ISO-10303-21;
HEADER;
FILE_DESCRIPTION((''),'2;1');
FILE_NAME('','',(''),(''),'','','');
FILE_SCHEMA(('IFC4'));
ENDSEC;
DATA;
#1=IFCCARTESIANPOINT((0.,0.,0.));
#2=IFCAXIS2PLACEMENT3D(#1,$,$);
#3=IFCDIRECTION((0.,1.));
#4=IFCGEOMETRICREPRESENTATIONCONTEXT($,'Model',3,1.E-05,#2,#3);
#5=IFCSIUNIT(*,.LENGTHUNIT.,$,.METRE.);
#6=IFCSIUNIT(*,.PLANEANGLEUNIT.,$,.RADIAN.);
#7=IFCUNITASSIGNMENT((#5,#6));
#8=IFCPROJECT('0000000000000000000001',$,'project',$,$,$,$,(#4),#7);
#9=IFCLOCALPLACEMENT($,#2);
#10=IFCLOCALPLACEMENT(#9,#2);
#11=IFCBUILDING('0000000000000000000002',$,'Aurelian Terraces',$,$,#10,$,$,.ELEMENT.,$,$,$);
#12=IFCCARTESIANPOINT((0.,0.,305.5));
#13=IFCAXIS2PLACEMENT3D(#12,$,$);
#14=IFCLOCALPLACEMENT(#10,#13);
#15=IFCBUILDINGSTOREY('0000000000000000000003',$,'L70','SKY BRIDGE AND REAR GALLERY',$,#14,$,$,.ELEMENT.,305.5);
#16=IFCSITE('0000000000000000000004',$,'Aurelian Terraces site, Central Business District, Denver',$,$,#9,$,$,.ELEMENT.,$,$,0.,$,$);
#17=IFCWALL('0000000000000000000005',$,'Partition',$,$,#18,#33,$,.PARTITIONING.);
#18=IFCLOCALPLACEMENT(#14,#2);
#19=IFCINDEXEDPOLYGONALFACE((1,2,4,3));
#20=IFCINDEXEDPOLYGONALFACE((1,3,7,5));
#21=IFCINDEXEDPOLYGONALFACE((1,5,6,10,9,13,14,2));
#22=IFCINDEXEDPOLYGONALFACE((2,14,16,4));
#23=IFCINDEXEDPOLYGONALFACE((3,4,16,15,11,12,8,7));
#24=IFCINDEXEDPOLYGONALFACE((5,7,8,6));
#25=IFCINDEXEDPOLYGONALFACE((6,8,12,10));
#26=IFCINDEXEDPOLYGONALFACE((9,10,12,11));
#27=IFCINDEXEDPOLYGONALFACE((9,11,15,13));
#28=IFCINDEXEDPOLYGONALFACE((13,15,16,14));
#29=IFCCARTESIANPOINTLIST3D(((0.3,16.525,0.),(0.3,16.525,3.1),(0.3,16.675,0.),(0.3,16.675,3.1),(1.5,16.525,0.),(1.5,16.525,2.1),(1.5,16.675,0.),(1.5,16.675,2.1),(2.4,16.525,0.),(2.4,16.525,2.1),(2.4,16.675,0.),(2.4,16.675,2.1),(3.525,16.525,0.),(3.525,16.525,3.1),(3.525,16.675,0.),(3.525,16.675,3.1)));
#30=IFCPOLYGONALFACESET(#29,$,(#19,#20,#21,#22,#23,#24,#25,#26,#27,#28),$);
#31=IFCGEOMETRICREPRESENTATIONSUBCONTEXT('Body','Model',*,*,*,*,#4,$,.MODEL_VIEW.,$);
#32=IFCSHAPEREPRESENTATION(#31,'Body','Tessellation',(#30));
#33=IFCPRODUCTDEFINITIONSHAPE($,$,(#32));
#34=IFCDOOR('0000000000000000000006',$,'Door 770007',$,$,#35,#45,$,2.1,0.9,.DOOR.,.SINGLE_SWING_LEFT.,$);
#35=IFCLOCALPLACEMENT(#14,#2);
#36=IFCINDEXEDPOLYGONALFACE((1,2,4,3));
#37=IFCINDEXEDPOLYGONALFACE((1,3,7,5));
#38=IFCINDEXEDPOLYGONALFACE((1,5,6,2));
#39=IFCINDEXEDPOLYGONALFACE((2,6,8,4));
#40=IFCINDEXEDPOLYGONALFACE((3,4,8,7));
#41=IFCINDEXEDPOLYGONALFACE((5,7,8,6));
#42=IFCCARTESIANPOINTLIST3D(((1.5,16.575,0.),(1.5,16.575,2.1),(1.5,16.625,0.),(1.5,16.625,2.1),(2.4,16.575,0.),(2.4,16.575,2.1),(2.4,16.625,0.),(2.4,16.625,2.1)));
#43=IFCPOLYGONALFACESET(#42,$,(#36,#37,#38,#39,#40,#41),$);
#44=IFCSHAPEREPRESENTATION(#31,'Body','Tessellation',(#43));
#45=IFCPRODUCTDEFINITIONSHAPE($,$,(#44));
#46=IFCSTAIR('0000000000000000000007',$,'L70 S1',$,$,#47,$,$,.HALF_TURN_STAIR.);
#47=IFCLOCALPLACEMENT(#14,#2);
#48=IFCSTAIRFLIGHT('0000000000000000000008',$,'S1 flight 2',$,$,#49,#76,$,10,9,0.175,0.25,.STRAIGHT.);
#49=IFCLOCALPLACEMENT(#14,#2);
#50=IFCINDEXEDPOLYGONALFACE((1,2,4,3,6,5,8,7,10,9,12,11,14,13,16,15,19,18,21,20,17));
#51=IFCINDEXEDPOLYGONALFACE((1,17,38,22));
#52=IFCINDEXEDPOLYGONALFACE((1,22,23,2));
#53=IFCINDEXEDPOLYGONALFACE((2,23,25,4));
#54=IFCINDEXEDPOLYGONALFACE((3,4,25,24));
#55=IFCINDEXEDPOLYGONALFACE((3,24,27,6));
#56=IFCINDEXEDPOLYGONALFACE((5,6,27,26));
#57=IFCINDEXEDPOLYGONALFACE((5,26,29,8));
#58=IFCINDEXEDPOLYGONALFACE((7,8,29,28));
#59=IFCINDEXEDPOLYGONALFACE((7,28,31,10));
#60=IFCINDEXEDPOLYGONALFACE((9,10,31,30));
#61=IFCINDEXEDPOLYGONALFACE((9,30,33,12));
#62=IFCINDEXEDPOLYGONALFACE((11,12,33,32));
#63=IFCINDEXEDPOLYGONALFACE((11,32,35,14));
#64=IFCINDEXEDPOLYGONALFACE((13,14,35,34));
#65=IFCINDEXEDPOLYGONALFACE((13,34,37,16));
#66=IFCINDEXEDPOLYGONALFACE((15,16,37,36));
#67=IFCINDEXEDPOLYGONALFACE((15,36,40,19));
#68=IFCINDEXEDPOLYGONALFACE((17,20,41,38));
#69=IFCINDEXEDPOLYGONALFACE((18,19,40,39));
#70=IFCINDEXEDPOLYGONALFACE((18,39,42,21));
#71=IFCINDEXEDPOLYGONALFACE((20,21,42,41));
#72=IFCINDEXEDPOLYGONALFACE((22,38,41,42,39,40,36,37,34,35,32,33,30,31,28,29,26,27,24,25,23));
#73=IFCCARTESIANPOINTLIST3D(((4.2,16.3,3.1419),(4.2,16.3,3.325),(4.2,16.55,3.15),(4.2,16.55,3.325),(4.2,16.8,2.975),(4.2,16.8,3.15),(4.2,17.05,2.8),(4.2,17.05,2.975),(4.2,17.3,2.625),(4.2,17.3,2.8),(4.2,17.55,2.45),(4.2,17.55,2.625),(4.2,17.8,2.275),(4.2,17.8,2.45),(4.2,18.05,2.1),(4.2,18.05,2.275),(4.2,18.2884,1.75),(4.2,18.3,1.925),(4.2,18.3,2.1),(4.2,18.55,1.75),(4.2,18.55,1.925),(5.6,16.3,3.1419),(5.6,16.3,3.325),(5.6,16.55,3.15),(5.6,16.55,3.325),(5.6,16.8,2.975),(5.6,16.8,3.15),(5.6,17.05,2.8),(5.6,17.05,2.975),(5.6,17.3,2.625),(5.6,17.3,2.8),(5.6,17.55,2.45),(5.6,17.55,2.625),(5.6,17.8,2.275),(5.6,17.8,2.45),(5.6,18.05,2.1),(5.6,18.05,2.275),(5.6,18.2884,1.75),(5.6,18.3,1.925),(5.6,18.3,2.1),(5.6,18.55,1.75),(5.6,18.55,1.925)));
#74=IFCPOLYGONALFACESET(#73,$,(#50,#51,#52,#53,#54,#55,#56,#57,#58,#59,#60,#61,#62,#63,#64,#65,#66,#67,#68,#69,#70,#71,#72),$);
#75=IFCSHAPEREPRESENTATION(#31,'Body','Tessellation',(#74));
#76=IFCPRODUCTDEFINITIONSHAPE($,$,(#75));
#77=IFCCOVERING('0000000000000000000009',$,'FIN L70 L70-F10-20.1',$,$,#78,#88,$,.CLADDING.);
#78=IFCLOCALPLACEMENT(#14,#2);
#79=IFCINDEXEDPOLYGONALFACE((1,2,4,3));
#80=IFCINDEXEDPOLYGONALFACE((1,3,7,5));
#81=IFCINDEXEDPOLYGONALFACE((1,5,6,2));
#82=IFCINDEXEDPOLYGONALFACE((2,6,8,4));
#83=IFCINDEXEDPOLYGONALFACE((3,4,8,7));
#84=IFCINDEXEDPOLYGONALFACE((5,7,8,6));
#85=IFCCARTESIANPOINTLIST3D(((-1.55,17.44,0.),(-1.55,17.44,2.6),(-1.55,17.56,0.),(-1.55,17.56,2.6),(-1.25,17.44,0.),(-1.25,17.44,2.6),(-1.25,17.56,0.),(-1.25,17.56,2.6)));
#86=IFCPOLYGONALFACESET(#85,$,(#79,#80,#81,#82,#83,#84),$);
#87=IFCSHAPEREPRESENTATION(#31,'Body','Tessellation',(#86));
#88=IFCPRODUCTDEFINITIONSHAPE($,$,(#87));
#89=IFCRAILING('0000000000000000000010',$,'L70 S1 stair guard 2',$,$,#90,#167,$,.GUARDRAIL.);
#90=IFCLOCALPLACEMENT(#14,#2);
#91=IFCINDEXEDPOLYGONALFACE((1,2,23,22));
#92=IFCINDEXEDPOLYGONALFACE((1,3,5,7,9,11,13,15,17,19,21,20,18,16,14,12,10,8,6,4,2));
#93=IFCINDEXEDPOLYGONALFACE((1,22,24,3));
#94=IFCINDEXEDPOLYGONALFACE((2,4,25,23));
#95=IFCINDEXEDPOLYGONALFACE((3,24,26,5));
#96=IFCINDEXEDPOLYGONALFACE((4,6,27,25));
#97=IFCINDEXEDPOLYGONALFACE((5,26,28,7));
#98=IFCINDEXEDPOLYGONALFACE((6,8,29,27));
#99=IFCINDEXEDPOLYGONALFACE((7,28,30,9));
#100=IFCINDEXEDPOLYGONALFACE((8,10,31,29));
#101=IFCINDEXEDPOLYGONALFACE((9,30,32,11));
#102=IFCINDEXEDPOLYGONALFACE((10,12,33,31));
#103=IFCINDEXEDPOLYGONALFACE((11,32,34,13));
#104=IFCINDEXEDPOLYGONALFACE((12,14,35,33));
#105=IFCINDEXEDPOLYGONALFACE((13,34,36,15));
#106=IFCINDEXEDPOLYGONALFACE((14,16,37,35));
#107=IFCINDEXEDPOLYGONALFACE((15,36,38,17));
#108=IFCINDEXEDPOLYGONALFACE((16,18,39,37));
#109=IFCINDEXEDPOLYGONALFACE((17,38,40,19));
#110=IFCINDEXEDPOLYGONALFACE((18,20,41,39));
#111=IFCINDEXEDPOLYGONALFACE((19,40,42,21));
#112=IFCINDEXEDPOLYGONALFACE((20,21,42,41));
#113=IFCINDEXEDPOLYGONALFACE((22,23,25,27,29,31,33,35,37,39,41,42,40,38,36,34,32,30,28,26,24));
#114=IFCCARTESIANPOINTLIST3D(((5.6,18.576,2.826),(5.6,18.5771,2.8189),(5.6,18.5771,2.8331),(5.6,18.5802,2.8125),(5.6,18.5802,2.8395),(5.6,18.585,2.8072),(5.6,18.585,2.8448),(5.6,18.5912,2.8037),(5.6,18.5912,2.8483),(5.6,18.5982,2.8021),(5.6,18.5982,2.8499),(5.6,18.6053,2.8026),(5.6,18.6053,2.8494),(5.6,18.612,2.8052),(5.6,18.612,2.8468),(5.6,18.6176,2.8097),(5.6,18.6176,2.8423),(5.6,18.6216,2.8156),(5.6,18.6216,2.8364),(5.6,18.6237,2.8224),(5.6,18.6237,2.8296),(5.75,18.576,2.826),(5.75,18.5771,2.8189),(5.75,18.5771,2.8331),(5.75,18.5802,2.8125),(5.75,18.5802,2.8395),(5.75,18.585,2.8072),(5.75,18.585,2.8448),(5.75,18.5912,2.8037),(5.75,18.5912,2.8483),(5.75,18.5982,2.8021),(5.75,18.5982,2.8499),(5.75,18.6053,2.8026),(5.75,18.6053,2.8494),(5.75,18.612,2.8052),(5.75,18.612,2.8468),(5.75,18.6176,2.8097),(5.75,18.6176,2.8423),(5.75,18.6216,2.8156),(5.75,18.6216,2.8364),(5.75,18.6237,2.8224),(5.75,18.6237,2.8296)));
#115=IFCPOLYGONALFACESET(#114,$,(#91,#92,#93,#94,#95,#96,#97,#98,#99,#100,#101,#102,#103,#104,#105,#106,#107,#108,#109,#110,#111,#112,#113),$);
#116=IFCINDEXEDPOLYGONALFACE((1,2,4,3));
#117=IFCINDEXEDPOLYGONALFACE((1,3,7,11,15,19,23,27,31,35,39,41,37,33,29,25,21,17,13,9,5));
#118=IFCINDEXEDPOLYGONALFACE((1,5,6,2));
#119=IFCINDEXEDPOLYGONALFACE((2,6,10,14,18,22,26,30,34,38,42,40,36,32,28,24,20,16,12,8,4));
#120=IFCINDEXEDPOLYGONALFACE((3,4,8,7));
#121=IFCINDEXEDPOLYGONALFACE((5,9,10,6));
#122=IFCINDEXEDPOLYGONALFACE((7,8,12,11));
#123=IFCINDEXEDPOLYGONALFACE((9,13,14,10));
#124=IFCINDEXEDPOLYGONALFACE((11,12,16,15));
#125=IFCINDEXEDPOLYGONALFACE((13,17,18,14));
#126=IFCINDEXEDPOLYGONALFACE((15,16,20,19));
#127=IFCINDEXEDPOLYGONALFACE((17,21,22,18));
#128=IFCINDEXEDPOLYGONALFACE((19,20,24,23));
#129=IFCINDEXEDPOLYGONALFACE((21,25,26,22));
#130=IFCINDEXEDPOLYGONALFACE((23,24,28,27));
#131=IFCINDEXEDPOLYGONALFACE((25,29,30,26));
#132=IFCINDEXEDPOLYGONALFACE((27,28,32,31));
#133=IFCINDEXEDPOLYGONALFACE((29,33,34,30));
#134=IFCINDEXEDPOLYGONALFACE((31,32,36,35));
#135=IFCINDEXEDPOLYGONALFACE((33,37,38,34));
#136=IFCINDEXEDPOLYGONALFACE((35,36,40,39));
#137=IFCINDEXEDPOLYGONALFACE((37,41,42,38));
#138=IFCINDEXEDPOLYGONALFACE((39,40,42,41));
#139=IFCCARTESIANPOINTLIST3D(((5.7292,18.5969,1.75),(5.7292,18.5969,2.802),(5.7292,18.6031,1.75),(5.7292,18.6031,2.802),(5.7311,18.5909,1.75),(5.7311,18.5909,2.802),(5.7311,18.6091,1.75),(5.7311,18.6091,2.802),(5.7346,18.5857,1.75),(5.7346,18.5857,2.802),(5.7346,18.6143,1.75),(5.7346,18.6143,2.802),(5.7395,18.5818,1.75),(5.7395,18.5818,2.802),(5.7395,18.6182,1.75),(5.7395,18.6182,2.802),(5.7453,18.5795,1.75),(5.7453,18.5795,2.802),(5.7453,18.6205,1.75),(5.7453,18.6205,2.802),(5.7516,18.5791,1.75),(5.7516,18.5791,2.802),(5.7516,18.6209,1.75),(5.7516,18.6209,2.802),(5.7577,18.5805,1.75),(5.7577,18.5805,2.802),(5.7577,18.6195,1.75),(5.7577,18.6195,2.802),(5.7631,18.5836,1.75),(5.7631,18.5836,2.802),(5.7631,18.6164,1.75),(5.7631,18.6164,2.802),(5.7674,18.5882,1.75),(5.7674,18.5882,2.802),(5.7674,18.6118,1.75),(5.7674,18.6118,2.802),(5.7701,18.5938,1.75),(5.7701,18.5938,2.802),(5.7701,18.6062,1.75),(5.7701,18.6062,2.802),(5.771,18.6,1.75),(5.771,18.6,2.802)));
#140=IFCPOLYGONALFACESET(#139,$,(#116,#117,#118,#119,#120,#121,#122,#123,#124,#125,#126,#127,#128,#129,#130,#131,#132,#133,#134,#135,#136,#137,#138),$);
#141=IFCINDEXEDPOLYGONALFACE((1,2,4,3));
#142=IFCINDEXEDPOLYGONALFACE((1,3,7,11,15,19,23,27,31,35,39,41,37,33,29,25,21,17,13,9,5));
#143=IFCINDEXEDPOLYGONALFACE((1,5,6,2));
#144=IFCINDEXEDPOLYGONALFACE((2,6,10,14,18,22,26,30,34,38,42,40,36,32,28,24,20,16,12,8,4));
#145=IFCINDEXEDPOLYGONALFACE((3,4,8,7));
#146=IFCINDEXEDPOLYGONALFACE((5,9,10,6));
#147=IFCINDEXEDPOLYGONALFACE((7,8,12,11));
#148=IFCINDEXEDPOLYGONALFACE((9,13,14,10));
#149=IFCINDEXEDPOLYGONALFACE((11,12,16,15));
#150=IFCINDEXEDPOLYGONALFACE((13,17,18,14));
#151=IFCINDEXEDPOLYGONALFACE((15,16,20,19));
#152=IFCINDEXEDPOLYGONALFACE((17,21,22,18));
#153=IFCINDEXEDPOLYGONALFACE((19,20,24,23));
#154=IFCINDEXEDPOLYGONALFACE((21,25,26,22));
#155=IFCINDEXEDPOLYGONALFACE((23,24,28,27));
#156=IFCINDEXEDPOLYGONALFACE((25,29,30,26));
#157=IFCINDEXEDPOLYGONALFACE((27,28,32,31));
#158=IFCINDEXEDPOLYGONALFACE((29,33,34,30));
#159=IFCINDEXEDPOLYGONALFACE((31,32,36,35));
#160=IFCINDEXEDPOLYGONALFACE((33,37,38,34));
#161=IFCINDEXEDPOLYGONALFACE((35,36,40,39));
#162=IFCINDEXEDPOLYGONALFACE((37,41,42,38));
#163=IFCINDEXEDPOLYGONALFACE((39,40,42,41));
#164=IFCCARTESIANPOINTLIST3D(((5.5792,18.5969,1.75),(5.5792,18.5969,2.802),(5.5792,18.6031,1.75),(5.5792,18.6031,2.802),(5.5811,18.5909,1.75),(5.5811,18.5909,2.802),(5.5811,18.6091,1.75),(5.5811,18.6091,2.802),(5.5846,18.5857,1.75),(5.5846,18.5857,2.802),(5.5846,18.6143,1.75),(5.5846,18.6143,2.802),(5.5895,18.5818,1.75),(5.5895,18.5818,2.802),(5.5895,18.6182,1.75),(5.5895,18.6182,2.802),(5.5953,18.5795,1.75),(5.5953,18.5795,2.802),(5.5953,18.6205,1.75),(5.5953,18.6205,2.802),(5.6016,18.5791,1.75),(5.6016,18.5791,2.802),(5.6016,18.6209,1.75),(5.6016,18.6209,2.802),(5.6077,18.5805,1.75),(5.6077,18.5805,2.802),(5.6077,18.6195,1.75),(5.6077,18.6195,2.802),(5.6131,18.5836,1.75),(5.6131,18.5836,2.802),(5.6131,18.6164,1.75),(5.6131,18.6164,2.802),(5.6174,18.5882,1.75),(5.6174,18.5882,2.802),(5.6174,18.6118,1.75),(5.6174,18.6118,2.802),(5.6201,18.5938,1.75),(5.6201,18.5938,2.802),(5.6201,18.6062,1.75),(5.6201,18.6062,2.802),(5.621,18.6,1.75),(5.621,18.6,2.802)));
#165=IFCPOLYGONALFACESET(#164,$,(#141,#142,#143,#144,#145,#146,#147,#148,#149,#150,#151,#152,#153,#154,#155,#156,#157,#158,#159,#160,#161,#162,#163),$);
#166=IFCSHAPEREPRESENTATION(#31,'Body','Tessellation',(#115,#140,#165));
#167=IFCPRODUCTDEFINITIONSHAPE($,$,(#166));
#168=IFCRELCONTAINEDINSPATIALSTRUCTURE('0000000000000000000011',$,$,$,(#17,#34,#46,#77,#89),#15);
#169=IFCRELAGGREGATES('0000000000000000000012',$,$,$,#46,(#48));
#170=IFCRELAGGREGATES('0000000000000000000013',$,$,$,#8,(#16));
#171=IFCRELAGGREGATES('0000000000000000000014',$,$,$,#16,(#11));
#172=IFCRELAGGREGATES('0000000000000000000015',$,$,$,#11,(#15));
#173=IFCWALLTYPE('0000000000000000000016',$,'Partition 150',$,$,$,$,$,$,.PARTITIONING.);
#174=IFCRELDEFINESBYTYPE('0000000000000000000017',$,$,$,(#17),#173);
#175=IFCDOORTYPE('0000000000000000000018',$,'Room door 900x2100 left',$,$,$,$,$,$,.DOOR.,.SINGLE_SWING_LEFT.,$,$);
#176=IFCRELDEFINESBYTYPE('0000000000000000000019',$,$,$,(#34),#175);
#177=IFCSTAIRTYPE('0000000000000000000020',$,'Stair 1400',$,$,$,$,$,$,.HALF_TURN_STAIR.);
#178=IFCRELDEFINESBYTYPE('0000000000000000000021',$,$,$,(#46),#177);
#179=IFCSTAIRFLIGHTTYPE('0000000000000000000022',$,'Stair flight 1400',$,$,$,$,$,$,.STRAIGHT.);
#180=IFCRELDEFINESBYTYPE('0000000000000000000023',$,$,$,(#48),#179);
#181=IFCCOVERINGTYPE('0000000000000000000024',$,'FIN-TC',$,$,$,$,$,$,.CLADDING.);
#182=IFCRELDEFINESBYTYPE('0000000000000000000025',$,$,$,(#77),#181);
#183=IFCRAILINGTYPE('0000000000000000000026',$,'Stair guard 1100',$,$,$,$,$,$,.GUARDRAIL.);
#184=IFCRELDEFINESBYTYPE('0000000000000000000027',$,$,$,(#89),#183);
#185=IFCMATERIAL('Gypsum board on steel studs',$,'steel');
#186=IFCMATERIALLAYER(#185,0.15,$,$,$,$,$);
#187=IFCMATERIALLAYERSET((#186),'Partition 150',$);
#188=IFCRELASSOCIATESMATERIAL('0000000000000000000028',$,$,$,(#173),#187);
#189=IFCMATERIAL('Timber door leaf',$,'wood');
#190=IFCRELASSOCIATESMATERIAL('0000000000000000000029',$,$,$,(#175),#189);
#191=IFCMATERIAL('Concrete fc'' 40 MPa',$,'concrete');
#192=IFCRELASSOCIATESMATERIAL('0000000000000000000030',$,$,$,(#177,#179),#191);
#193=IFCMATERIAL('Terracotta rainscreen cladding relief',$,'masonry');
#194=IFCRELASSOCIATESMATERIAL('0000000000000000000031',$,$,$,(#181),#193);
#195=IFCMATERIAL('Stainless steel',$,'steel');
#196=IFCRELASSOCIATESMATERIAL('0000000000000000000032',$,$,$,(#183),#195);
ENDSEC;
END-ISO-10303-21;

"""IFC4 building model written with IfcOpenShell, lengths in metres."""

from ifc_helpers import new_model, si_unit, direction, frame, frame_2d, origin, origin_2d, place, context, subcontext, project, spatial, polyline, rectangle, circle, outline, extrude, source, transform, mapped, material, layer, layer_set, type_object, element, fill, aggregate, save


model = new_model("IFC4")

# Units and contexts
model_context = context("Model", 3, precision=1e-05, world=origin(), true_north=direction((0.0, 1.0)))
body_context = subcontext(model_context, "Body", "Model", "MODEL_VIEW")
ifc_project = project(units=[si_unit("LENGTHUNIT", "METRE"), si_unit("PLANEANGLEUNIT", "RADIAN")], contexts=[model_context])

# Site, building, storey
site_placement = place(None, origin())
site = spatial("IfcSite", under=ifc_project, at=site_placement, Name="Aurelian Terraces site, Central Business District, Denver", CompositionType="ELEMENT", RefElevation=0.0)
building_placement = place(site_placement, origin())
building = spatial("IfcBuilding", under=site, at=building_placement, Name="Aurelian Terraces", CompositionType="ELEMENT")
storey_placement = place(building_placement, frame((0.0, 0.0, 305.5)))
storey = spatial("IfcBuildingStorey", under=building, at=storey_placement, Name="L70", Description="SKY BRIDGE AND REAR GALLERY", CompositionType="ELEMENT", Elevation=305.5)

# Wall, opening, door
ifc_material_1 = material(Name="Gypsum board on steel studs", Category="steel")
ifc_layer_1 = layer(ifc_material_1, 0.15)
ifc_layer_set_1 = layer_set([ifc_layer_1], Name="Partition 150")
wall_type_1 = type_object("IfcWallType", Name="Partition 150", PredefinedType="PARTITIONING", material=ifc_layer_set_1)
shared_shape_1 = source(origin(), body_context, "Body", "SweptSolid", [
    extrude(rectangle(XDim=3.225, YDim=0.15, at=frame_2d((1.6125, 0.0))), origin(), (0.0, 0.0, 1.0), 3.1),
])
wall_1_placement = place(storey_placement, frame((0.3, 16.6, 0.0), z_axis=(0.0, 0.0, 1.0), x_axis=(1.0, 0.0, 0.0)))
wall_1 = element("IfcWall", 1, at=wall_1_placement, inside=storey, type_object=wall_type_1, Name="Partition", PredefinedType="PARTITIONING", context=body_context, shape_type="MappedRepresentation", body=[
    mapped(shared_shape_1, transform((0.0, 0.0, 0.0), scale=1.0)),
])
shared_shape_2 = source(origin(), body_context, "Body", "SweptSolid", [
    extrude(rectangle(XDim=0.9, YDim=2.1, at=frame_2d((0.45, 1.05))), frame((0.0, 0.085, 0.0), z_axis=(0.0, -1.0, 0.0), x_axis=(1.0, 0.0, 0.0)), (0.0, 0.0, 1.0), 0.17),
])
opening_1_placement = place(wall_1_placement, frame((1.2, 0.0, 0.0)))
opening_1 = element("IfcOpeningElement", 2, at=opening_1_placement, cuts=wall_1, PredefinedType="OPENING", context=body_context, shape_type="MappedRepresentation", body=[
    mapped(shared_shape_2, transform((0.0, 0.0, 0.0), scale=1.0)),
])
ifc_material_2 = material(Name="Timber door leaf", Category="wood")
door_type_1 = type_object("IfcDoorType", Name="Room door 900x2100 left", OperationType="SINGLE_SWING_LEFT", PredefinedType="DOOR", material=ifc_material_2)
shared_shape_3 = source(origin(), body_context, "Body", "SweptSolid", [
    extrude(rectangle(XDim=0.9, YDim=2.1, at=frame_2d((0.45, 1.05))), frame((0.0, 0.025, 0.0), z_axis=(0.0, -1.0, 0.0), x_axis=(1.0, 0.0, 0.0)), (0.0, 0.0, 1.0), 0.05),
])
door_1_placement = place(opening_1_placement, origin())
door_1 = element("IfcDoor", 3, at=door_1_placement, inside=storey, type_object=door_type_1, Name="Door 770007", OperationType="SINGLE_SWING_LEFT", OverallHeight=2.1, OverallWidth=0.9, PredefinedType="DOOR", context=body_context, shape_type="MappedRepresentation", body=[
    mapped(shared_shape_3, transform((0.0, 0.0, 0.0), scale=1.0)),
])
fill(opening_1, door_1)

# Stair, stair flight
ifc_material_3 = material(Name="Concrete fc' 40 MPa", Category="concrete")
stair_type = type_object("IfcStairType", Name="Stair 1400", PredefinedType="HALF_TURN_STAIR", material=ifc_material_3)
stair_placement = place(storey_placement, origin())
stair = element("IfcStair", 4, at=stair_placement, inside=storey, type_object=stair_type, Name="L70 S1", PredefinedType="HALF_TURN_STAIR")
stair_flight_type = type_object("IfcStairFlightType", Name="Stair flight 1400", PredefinedType="STRAIGHT", material=ifc_material_3)
shared_shape_4 = source(origin(), body_context, "Body", "SweptSolid", [
    extrude(outline(polyline([(0.0, 0.0), (0.0, 0.175), (0.25, 0.175), (0.25, 0.35), (0.5, 0.35), (0.5, 0.525), (0.75, 0.525), (0.75, 0.7), (1.0, 0.7), (1.0, 0.875), (1.25, 0.875), (1.25, 1.05), (1.5, 1.05), (1.5, 1.225), (1.75, 1.225), (1.75, 1.4), (2.0, 1.4), (2.0, 1.575), (2.25, 1.575), (2.25, 1.75), (2.25, 1.3919), (0.2616, 0.0), (0.0, 0.0)])), frame((0.0, 0.7, 0.0), z_axis=(0.0, -1.0, 0.0), x_axis=(1.0, 0.0, 0.0)), (0.0, 0.0, 1.0), 1.4),
])
stair_flight_placement = place(storey_placement, frame((4.9, 18.55, 1.75), z_axis=(0.0, 0.0, 1.0), x_axis=(0.0, -1.0, 0.0)))
stair_flight = element("IfcStairFlight", 5, at=stair_flight_placement, type_object=stair_flight_type, Name="S1 flight 2", NumberOfRisers=10, NumberOfTreads=9, PredefinedType="STRAIGHT", RiserHeight=0.175, TreadLength=0.25, context=body_context, shape_type="MappedRepresentation", body=[
    mapped(shared_shape_4, transform((0.0, 0.0, 0.0), scale=1.0)),
])
aggregate(stair, [stair_flight])

# Covering
ifc_material_4 = material(Name="Terracotta rainscreen cladding relief", Category="masonry")
covering_type = type_object("IfcCoveringType", Name="FIN-TC", PredefinedType="CLADDING", material=ifc_material_4)
shared_shape_5 = source(origin(), body_context, "Body", "SweptSolid", [
    extrude(rectangle(XDim=0.3, YDim=0.12, at=origin_2d()), origin(), (0.0, 0.0, 1.0), 2.6),
])
covering_placement = place(storey_placement, frame((-1.4, 17.5, 0.0), z_axis=(0.0, 0.0, 1.0), x_axis=(1.0, 0.0, 0.0)))
element("IfcCovering", 6, at=covering_placement, inside=storey, type_object=covering_type, Name="FIN L70 L70-F10-20.1", PredefinedType="CLADDING", context=body_context, shape_type="MappedRepresentation", body=[
    mapped(shared_shape_5, transform((0.0, 0.0, 0.0), scale=1.0)),
])

# Railing
ifc_material_5 = material(Name="Stainless steel", Category="steel")
railing_type_1 = type_object("IfcRailingType", Name="Stair guard 1100", PredefinedType="GUARDRAIL", material=ifc_material_5)
shared_shape_6 = source(origin(), body_context, "Body", "SweptSolid", [
    extrude(circle(Radius=0.024, at=origin_2d()), frame((0.0, 0.0, 1.076), z_axis=(-1.0, 0.0, 0.0), x_axis=(0.0, -1.0, 0.0)), (0.0, 0.0, 1.0), 0.15),
    extrude(circle(Radius=0.021, at=origin_2d()), origin(), (0.0, 0.0, 1.0), 1.052),
    extrude(circle(Radius=0.021, at=origin_2d()), frame((-0.15, 0.0, 0.0)), (0.0, 0.0, 1.0), 1.052),
])
for number, where, name in (
    (7, (5.75, 18.6, 1.75), "L70 S1 stair guard 2"),
):
    element("IfcRailing", number, at=place(storey_placement, frame(where)), inside=storey, type_object=railing_type_1, Name=name, PredefinedType="GUARDRAIL", context=body_context, shape_type="MappedRepresentation", body=[
        mapped(shared_shape_6, transform((0.0, 0.0, 0.0), scale=1.0)),
    ])

save(model, "model.ifc")
